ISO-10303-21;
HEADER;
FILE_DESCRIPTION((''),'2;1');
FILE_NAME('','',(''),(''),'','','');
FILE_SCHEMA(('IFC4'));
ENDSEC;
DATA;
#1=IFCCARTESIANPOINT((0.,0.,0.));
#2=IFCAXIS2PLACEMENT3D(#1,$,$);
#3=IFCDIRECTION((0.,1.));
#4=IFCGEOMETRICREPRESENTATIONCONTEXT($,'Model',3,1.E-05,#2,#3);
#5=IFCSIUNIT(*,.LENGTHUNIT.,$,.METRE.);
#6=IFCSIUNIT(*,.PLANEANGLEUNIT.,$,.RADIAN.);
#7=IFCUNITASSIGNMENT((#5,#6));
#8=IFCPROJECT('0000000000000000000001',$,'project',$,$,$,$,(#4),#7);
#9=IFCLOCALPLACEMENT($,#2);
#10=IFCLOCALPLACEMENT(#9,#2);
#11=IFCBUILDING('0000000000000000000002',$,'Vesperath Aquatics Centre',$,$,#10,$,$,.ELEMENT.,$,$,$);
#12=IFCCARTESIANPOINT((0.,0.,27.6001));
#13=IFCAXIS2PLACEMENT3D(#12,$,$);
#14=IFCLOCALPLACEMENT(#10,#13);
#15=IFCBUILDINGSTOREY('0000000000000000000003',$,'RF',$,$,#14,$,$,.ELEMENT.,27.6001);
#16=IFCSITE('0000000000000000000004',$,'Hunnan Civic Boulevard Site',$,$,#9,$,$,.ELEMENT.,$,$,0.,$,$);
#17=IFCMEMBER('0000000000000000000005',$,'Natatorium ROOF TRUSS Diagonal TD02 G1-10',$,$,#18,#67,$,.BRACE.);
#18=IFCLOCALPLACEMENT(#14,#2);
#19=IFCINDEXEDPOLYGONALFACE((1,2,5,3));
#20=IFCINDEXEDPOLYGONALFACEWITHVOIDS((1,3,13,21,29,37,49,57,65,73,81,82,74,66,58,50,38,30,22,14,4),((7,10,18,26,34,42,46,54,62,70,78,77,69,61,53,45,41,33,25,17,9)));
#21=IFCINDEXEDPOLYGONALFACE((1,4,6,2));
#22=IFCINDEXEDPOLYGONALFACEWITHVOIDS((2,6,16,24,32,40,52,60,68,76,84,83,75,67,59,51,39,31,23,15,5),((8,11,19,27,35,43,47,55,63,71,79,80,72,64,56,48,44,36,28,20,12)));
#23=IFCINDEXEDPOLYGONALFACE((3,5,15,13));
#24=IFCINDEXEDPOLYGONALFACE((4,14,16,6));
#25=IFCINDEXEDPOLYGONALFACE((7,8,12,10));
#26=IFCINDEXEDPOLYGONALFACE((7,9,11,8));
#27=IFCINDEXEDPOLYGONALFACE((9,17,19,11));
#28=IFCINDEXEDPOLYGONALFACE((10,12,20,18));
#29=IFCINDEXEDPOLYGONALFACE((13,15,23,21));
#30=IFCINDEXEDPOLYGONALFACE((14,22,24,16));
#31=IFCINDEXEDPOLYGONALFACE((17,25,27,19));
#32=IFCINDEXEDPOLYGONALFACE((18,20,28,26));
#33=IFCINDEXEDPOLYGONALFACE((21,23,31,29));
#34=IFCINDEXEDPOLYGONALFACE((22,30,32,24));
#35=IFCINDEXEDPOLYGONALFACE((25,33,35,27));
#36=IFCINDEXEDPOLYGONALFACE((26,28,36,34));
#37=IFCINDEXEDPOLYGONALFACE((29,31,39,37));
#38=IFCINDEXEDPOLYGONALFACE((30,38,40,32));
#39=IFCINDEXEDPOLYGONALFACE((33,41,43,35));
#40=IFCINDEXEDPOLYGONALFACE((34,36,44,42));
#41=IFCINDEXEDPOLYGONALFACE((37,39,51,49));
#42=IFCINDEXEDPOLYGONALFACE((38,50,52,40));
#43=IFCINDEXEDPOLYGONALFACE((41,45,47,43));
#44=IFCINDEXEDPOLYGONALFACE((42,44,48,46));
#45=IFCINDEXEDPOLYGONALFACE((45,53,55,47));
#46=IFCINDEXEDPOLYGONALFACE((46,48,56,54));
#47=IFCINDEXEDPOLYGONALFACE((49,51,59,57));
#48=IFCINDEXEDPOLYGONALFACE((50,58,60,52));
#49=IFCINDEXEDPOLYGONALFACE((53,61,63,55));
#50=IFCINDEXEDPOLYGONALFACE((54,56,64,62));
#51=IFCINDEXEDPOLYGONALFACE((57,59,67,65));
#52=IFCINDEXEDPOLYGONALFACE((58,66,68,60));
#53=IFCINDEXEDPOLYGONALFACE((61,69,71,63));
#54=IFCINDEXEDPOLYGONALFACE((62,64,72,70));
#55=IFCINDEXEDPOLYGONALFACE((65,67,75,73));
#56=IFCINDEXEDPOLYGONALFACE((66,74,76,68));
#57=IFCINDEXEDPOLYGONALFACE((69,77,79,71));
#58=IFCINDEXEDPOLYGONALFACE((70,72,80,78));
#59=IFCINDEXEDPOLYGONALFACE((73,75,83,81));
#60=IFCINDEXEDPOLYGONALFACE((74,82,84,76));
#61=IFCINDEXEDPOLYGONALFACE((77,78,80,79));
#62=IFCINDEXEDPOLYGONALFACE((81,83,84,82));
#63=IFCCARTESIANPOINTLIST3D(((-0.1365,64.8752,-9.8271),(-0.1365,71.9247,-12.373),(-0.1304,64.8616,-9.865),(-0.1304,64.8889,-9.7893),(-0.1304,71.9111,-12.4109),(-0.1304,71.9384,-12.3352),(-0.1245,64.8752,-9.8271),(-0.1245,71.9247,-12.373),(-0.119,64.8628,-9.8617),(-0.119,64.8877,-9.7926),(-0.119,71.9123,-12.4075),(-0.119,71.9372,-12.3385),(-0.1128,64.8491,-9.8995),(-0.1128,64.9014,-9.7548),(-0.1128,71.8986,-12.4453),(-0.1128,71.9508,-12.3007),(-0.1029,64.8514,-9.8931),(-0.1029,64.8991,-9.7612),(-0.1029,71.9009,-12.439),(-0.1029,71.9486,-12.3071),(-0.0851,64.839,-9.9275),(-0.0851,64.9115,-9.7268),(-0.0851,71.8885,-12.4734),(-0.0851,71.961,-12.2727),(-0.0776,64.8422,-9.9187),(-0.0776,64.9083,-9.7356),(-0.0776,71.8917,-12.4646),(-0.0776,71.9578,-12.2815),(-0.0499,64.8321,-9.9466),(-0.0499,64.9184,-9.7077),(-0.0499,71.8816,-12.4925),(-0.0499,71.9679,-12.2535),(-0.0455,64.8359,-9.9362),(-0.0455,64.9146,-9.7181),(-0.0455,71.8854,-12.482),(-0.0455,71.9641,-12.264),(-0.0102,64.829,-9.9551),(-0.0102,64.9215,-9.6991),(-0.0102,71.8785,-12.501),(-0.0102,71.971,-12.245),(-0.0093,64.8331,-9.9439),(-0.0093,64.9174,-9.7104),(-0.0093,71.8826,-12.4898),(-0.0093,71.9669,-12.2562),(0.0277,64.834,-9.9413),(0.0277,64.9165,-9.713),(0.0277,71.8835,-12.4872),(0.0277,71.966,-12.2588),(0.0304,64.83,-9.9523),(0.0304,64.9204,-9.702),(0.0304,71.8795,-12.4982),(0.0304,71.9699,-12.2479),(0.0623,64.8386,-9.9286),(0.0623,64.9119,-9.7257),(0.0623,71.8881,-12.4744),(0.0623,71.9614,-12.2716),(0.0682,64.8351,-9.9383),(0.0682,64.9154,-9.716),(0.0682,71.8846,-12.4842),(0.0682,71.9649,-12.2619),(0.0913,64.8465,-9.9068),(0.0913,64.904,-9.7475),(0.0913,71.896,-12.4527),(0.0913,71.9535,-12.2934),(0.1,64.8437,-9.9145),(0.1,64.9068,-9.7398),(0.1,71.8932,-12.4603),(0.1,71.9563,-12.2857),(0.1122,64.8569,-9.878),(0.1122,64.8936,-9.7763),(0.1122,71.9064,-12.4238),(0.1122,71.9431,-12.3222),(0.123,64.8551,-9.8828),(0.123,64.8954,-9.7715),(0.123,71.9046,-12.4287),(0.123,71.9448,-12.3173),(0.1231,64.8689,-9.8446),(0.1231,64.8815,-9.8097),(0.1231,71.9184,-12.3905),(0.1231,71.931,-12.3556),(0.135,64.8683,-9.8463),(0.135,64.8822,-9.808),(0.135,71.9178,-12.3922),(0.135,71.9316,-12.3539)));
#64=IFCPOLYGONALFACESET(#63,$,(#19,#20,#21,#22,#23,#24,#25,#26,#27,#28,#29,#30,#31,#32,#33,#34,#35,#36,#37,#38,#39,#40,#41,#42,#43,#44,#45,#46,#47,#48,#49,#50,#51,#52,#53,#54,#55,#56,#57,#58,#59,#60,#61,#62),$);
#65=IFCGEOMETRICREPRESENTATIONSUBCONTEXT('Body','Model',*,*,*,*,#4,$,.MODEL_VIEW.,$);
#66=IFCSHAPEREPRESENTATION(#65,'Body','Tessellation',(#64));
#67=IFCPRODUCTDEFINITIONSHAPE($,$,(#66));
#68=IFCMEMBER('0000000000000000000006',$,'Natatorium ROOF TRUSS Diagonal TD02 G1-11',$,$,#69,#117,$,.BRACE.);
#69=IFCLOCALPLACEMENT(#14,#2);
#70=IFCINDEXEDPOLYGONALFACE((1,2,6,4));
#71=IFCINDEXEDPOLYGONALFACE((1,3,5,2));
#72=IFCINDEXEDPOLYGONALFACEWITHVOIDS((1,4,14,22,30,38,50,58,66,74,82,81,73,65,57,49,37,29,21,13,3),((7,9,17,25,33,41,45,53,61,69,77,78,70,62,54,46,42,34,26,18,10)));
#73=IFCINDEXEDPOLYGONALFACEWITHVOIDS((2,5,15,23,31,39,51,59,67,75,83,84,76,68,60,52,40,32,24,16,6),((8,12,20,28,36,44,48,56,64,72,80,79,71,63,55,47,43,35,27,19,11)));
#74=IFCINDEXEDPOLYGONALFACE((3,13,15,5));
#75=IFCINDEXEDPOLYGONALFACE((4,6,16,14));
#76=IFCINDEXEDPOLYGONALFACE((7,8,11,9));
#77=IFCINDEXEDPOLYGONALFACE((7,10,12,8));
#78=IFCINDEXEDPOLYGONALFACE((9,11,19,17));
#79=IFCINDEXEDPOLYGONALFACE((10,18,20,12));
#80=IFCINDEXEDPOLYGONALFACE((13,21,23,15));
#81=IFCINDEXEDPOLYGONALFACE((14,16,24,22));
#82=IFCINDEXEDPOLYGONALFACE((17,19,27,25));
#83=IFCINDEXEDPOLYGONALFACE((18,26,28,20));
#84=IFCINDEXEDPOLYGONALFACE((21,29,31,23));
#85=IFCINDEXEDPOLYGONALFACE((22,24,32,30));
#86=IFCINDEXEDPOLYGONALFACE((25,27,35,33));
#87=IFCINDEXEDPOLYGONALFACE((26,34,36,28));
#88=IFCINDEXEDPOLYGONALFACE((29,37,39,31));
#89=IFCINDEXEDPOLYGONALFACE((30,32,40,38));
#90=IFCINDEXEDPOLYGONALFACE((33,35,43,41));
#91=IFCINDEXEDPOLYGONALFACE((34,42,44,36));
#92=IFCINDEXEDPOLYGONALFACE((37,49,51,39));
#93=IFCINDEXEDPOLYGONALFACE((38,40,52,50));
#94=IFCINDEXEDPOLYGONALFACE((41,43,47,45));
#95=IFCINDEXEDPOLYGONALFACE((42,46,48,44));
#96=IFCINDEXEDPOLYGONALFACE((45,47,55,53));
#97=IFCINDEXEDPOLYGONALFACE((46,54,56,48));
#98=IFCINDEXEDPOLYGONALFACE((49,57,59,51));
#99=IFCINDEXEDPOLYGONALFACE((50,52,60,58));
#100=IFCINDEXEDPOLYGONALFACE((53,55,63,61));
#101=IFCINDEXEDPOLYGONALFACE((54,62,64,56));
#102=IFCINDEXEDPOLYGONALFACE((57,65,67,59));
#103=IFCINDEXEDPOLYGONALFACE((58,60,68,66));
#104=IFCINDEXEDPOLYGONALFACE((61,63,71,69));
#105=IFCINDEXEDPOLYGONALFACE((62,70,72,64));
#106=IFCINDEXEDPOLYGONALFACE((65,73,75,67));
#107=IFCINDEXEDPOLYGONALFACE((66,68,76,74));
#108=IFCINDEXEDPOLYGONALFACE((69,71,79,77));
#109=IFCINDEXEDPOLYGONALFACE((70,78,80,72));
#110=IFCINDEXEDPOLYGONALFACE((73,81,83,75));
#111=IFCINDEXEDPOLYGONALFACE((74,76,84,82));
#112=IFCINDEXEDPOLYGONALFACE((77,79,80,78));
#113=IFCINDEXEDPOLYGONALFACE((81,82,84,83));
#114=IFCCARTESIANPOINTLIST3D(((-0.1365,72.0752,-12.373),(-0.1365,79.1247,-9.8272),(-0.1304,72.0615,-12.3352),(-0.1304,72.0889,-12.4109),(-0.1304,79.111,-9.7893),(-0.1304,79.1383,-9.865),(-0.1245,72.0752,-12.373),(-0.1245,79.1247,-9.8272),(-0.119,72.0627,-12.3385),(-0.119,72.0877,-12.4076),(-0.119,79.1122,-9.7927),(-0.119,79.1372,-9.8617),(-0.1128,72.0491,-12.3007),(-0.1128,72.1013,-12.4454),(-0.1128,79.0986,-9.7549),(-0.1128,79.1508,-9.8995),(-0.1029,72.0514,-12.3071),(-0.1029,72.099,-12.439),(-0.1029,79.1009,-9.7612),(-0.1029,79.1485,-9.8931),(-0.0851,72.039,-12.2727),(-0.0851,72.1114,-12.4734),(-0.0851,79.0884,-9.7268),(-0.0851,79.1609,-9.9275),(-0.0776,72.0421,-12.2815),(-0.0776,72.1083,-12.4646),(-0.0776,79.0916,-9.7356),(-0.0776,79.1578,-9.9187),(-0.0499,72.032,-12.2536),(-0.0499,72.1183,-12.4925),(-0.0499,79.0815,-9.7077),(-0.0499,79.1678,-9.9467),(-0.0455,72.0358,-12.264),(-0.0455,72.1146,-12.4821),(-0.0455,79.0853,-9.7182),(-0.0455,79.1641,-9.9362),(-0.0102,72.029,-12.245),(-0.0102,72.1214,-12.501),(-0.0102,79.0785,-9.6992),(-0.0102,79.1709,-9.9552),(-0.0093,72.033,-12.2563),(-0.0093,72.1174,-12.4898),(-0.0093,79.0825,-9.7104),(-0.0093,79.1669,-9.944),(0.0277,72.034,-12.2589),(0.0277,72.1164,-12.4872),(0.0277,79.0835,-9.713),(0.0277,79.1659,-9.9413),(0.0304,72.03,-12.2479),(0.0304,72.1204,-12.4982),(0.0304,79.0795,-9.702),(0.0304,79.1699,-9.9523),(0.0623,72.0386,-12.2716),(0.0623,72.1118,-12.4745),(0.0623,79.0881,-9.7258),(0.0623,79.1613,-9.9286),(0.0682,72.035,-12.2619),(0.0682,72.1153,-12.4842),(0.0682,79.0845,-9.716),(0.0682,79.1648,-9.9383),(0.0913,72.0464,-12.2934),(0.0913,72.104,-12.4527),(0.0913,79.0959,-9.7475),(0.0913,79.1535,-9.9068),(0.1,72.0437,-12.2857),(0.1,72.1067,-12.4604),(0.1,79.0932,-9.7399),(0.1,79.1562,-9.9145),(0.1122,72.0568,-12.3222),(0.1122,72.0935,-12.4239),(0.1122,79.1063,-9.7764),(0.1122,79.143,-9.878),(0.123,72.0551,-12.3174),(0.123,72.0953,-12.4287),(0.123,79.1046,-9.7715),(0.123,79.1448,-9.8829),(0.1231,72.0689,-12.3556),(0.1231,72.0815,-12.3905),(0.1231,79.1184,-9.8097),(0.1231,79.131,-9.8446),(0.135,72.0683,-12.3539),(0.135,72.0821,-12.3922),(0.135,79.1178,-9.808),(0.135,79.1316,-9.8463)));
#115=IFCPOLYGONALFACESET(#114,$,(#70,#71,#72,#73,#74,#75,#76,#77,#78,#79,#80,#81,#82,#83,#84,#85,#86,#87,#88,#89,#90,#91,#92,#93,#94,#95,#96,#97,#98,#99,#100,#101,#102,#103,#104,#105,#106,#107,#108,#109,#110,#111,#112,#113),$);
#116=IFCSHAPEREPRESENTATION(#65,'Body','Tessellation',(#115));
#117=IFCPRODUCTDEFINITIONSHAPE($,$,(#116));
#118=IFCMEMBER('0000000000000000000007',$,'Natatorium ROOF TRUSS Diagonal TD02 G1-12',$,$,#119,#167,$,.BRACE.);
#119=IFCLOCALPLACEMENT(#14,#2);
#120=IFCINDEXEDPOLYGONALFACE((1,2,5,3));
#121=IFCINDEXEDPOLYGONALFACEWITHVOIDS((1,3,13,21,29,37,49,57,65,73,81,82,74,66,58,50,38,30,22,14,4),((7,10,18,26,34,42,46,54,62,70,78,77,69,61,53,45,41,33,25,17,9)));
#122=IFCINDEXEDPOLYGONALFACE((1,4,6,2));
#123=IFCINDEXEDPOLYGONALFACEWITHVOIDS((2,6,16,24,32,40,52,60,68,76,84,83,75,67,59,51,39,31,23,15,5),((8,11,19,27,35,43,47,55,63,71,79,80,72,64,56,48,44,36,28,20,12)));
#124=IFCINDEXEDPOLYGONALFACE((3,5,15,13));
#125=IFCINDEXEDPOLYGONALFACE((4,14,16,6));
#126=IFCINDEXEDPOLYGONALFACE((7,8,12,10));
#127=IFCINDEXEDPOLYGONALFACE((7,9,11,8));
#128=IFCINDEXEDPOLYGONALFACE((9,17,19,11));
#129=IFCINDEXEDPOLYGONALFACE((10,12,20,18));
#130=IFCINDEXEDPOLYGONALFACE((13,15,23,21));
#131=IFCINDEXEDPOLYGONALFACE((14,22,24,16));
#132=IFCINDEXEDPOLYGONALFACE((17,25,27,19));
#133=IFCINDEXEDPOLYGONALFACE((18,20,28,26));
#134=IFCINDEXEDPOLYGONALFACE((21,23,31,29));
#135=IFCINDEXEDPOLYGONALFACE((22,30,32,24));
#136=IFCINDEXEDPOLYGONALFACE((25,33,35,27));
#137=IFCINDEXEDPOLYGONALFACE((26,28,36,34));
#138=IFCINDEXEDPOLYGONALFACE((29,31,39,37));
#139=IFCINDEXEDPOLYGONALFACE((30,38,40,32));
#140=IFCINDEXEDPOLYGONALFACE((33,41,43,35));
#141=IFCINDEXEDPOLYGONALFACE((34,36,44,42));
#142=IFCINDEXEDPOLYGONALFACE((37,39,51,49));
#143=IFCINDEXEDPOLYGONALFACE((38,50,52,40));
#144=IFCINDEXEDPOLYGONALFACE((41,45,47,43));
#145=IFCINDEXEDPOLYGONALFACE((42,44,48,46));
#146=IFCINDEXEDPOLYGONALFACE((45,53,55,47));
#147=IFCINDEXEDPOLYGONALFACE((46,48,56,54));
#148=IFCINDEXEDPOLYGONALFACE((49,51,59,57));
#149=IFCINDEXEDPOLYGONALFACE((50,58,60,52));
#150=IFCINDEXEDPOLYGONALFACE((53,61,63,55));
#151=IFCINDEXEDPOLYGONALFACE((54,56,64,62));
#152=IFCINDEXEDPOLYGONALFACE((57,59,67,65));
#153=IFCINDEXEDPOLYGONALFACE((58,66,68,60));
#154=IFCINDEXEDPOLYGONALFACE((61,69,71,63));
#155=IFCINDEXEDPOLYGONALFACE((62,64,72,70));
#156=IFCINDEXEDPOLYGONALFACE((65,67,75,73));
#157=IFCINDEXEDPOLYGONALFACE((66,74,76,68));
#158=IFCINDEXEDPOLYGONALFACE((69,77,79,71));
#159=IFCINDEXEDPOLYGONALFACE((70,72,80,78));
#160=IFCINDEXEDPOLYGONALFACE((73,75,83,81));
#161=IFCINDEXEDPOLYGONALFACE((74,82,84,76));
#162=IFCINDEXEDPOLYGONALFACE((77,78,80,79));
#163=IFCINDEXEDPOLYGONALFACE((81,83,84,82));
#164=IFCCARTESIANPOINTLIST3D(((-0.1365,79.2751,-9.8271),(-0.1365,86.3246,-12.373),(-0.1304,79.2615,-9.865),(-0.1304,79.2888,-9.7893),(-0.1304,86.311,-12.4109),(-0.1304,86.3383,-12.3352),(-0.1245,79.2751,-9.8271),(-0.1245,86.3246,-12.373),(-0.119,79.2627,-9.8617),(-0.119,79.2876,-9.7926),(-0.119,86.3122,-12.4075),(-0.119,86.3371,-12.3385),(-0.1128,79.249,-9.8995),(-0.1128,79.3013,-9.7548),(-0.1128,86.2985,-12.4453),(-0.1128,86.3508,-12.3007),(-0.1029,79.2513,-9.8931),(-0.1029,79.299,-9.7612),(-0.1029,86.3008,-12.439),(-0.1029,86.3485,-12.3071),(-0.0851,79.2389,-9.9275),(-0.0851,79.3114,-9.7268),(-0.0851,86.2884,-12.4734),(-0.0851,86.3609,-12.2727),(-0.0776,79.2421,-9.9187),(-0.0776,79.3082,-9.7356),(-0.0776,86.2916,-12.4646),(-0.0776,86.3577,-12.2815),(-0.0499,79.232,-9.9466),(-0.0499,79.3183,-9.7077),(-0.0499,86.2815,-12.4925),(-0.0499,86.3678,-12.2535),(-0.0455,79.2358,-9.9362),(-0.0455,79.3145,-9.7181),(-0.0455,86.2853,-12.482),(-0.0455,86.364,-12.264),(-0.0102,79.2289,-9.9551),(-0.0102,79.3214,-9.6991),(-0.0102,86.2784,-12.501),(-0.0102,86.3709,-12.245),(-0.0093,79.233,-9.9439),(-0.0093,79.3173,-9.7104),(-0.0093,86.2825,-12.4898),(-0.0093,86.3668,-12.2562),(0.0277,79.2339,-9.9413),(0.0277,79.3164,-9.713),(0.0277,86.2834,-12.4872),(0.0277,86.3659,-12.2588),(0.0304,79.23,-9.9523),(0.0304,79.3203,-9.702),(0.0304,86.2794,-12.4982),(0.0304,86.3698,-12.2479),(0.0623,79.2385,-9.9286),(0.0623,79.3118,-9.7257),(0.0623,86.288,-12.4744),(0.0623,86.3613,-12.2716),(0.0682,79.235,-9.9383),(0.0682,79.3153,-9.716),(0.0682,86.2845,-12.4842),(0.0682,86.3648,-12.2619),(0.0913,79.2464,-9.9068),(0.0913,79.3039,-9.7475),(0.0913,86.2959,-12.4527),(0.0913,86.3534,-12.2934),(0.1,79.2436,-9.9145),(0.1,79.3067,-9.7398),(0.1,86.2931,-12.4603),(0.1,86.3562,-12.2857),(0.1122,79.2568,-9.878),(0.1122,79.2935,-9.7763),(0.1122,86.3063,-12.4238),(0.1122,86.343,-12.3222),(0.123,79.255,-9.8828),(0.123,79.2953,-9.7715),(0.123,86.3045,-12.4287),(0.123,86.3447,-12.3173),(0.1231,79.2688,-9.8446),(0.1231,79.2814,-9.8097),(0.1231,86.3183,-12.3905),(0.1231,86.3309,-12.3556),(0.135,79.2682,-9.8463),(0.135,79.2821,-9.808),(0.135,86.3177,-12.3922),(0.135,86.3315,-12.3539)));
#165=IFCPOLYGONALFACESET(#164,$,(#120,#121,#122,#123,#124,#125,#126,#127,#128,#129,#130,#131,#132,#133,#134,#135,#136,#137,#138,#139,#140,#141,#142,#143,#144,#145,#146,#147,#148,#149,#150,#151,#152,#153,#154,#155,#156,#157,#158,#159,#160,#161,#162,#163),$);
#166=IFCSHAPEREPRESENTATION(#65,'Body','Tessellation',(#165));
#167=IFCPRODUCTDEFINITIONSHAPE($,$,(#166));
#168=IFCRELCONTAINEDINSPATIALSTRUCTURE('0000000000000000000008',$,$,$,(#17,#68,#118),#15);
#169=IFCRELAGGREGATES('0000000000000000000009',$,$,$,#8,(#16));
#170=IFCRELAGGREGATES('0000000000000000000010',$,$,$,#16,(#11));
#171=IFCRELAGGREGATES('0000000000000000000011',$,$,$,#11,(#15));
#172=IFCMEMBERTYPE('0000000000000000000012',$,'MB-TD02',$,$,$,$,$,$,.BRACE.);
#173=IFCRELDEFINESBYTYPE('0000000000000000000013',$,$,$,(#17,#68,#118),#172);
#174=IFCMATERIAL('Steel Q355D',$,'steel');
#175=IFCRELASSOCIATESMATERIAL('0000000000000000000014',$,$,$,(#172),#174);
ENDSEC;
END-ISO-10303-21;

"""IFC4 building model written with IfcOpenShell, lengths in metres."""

from ifc_helpers import new_model, si_unit, direction, frame, origin, origin_2d, place, context, subcontext, project, spatial, hollow_circle, extrude, material, material_profile, profile_set, type_object, element, save


model = new_model("IFC4")

# Units and contexts
model_context = context("Model", 3, precision=1e-05, world=origin(), true_north=direction((0.0, 1.0)))
body_context = subcontext(model_context, "Body", "Model", "MODEL_VIEW")
ifc_project = project(units=[si_unit("LENGTHUNIT", "METRE"), si_unit("PLANEANGLEUNIT", "RADIAN")], contexts=[model_context])

# Site, building, storey
site_placement = place(None, origin())
site = spatial("IfcSite", under=ifc_project, at=site_placement, Name="Hunnan Civic Boulevard Site", CompositionType="ELEMENT", RefElevation=0.0)
building_placement = place(site_placement, origin())
building = spatial("IfcBuilding", under=site, at=building_placement, Name="Vesperath Aquatics Centre", CompositionType="ELEMENT")
storey_placement = place(building_placement, frame((0.0, 0.0, 27.6001)))
storey = spatial("IfcBuildingStorey", under=building, at=storey_placement, Name="RF", CompositionType="ELEMENT", Elevation=27.6001)

# Members
ifc_material_1 = material(Name="Steel Q355D", Category="steel")
ifc_material_profile_1 = material_profile(ifc_material_1, hollow_circle(Radius=0.1365, WallThickness=0.012, at=origin_2d()), Name="CHS 273.0x12")
ifc_profile_set_1 = profile_set([ifc_material_profile_1], Name="Steel Q355D")
member_type_1 = type_object("IfcMemberType", Name="MB-TD02", PredefinedType="BRACE", material=ifc_profile_set_1)
for number, where, z_axis, x_axis, name in (
    (1, (0.0, 64.8752, -9.8271), (0.0, 0.940544, -0.339671), (-1.0, 0.0, 0.0), "Natatorium ROOF TRUSS Diagonal TD02 G1-10"),
    (2, (0.0, 72.0752, -12.373), (0.0, 0.940544, 0.339671), (-1.0, 0.0, 0.0), "Natatorium ROOF TRUSS Diagonal TD02 G1-11"),
    (3, (0.0, 79.2751, -9.8271), (0.0, 0.940544, -0.339671), (-1.0, 0.0, 0.0), "Natatorium ROOF TRUSS Diagonal TD02 G1-12"),
):
    element("IfcMember", number, at=place(storey_placement, frame(where, z_axis=z_axis, x_axis=x_axis)), inside=storey, type_object=member_type_1, Name=name, PredefinedType="BRACE", context=body_context, shape_type="SweptSolid", body=[
        extrude(hollow_circle(Radius=0.1365, WallThickness=0.012, at=origin_2d()), origin(), (0.0, 0.0, 1.0), 7.4951),
    ])

save(model, "model.ifc")
